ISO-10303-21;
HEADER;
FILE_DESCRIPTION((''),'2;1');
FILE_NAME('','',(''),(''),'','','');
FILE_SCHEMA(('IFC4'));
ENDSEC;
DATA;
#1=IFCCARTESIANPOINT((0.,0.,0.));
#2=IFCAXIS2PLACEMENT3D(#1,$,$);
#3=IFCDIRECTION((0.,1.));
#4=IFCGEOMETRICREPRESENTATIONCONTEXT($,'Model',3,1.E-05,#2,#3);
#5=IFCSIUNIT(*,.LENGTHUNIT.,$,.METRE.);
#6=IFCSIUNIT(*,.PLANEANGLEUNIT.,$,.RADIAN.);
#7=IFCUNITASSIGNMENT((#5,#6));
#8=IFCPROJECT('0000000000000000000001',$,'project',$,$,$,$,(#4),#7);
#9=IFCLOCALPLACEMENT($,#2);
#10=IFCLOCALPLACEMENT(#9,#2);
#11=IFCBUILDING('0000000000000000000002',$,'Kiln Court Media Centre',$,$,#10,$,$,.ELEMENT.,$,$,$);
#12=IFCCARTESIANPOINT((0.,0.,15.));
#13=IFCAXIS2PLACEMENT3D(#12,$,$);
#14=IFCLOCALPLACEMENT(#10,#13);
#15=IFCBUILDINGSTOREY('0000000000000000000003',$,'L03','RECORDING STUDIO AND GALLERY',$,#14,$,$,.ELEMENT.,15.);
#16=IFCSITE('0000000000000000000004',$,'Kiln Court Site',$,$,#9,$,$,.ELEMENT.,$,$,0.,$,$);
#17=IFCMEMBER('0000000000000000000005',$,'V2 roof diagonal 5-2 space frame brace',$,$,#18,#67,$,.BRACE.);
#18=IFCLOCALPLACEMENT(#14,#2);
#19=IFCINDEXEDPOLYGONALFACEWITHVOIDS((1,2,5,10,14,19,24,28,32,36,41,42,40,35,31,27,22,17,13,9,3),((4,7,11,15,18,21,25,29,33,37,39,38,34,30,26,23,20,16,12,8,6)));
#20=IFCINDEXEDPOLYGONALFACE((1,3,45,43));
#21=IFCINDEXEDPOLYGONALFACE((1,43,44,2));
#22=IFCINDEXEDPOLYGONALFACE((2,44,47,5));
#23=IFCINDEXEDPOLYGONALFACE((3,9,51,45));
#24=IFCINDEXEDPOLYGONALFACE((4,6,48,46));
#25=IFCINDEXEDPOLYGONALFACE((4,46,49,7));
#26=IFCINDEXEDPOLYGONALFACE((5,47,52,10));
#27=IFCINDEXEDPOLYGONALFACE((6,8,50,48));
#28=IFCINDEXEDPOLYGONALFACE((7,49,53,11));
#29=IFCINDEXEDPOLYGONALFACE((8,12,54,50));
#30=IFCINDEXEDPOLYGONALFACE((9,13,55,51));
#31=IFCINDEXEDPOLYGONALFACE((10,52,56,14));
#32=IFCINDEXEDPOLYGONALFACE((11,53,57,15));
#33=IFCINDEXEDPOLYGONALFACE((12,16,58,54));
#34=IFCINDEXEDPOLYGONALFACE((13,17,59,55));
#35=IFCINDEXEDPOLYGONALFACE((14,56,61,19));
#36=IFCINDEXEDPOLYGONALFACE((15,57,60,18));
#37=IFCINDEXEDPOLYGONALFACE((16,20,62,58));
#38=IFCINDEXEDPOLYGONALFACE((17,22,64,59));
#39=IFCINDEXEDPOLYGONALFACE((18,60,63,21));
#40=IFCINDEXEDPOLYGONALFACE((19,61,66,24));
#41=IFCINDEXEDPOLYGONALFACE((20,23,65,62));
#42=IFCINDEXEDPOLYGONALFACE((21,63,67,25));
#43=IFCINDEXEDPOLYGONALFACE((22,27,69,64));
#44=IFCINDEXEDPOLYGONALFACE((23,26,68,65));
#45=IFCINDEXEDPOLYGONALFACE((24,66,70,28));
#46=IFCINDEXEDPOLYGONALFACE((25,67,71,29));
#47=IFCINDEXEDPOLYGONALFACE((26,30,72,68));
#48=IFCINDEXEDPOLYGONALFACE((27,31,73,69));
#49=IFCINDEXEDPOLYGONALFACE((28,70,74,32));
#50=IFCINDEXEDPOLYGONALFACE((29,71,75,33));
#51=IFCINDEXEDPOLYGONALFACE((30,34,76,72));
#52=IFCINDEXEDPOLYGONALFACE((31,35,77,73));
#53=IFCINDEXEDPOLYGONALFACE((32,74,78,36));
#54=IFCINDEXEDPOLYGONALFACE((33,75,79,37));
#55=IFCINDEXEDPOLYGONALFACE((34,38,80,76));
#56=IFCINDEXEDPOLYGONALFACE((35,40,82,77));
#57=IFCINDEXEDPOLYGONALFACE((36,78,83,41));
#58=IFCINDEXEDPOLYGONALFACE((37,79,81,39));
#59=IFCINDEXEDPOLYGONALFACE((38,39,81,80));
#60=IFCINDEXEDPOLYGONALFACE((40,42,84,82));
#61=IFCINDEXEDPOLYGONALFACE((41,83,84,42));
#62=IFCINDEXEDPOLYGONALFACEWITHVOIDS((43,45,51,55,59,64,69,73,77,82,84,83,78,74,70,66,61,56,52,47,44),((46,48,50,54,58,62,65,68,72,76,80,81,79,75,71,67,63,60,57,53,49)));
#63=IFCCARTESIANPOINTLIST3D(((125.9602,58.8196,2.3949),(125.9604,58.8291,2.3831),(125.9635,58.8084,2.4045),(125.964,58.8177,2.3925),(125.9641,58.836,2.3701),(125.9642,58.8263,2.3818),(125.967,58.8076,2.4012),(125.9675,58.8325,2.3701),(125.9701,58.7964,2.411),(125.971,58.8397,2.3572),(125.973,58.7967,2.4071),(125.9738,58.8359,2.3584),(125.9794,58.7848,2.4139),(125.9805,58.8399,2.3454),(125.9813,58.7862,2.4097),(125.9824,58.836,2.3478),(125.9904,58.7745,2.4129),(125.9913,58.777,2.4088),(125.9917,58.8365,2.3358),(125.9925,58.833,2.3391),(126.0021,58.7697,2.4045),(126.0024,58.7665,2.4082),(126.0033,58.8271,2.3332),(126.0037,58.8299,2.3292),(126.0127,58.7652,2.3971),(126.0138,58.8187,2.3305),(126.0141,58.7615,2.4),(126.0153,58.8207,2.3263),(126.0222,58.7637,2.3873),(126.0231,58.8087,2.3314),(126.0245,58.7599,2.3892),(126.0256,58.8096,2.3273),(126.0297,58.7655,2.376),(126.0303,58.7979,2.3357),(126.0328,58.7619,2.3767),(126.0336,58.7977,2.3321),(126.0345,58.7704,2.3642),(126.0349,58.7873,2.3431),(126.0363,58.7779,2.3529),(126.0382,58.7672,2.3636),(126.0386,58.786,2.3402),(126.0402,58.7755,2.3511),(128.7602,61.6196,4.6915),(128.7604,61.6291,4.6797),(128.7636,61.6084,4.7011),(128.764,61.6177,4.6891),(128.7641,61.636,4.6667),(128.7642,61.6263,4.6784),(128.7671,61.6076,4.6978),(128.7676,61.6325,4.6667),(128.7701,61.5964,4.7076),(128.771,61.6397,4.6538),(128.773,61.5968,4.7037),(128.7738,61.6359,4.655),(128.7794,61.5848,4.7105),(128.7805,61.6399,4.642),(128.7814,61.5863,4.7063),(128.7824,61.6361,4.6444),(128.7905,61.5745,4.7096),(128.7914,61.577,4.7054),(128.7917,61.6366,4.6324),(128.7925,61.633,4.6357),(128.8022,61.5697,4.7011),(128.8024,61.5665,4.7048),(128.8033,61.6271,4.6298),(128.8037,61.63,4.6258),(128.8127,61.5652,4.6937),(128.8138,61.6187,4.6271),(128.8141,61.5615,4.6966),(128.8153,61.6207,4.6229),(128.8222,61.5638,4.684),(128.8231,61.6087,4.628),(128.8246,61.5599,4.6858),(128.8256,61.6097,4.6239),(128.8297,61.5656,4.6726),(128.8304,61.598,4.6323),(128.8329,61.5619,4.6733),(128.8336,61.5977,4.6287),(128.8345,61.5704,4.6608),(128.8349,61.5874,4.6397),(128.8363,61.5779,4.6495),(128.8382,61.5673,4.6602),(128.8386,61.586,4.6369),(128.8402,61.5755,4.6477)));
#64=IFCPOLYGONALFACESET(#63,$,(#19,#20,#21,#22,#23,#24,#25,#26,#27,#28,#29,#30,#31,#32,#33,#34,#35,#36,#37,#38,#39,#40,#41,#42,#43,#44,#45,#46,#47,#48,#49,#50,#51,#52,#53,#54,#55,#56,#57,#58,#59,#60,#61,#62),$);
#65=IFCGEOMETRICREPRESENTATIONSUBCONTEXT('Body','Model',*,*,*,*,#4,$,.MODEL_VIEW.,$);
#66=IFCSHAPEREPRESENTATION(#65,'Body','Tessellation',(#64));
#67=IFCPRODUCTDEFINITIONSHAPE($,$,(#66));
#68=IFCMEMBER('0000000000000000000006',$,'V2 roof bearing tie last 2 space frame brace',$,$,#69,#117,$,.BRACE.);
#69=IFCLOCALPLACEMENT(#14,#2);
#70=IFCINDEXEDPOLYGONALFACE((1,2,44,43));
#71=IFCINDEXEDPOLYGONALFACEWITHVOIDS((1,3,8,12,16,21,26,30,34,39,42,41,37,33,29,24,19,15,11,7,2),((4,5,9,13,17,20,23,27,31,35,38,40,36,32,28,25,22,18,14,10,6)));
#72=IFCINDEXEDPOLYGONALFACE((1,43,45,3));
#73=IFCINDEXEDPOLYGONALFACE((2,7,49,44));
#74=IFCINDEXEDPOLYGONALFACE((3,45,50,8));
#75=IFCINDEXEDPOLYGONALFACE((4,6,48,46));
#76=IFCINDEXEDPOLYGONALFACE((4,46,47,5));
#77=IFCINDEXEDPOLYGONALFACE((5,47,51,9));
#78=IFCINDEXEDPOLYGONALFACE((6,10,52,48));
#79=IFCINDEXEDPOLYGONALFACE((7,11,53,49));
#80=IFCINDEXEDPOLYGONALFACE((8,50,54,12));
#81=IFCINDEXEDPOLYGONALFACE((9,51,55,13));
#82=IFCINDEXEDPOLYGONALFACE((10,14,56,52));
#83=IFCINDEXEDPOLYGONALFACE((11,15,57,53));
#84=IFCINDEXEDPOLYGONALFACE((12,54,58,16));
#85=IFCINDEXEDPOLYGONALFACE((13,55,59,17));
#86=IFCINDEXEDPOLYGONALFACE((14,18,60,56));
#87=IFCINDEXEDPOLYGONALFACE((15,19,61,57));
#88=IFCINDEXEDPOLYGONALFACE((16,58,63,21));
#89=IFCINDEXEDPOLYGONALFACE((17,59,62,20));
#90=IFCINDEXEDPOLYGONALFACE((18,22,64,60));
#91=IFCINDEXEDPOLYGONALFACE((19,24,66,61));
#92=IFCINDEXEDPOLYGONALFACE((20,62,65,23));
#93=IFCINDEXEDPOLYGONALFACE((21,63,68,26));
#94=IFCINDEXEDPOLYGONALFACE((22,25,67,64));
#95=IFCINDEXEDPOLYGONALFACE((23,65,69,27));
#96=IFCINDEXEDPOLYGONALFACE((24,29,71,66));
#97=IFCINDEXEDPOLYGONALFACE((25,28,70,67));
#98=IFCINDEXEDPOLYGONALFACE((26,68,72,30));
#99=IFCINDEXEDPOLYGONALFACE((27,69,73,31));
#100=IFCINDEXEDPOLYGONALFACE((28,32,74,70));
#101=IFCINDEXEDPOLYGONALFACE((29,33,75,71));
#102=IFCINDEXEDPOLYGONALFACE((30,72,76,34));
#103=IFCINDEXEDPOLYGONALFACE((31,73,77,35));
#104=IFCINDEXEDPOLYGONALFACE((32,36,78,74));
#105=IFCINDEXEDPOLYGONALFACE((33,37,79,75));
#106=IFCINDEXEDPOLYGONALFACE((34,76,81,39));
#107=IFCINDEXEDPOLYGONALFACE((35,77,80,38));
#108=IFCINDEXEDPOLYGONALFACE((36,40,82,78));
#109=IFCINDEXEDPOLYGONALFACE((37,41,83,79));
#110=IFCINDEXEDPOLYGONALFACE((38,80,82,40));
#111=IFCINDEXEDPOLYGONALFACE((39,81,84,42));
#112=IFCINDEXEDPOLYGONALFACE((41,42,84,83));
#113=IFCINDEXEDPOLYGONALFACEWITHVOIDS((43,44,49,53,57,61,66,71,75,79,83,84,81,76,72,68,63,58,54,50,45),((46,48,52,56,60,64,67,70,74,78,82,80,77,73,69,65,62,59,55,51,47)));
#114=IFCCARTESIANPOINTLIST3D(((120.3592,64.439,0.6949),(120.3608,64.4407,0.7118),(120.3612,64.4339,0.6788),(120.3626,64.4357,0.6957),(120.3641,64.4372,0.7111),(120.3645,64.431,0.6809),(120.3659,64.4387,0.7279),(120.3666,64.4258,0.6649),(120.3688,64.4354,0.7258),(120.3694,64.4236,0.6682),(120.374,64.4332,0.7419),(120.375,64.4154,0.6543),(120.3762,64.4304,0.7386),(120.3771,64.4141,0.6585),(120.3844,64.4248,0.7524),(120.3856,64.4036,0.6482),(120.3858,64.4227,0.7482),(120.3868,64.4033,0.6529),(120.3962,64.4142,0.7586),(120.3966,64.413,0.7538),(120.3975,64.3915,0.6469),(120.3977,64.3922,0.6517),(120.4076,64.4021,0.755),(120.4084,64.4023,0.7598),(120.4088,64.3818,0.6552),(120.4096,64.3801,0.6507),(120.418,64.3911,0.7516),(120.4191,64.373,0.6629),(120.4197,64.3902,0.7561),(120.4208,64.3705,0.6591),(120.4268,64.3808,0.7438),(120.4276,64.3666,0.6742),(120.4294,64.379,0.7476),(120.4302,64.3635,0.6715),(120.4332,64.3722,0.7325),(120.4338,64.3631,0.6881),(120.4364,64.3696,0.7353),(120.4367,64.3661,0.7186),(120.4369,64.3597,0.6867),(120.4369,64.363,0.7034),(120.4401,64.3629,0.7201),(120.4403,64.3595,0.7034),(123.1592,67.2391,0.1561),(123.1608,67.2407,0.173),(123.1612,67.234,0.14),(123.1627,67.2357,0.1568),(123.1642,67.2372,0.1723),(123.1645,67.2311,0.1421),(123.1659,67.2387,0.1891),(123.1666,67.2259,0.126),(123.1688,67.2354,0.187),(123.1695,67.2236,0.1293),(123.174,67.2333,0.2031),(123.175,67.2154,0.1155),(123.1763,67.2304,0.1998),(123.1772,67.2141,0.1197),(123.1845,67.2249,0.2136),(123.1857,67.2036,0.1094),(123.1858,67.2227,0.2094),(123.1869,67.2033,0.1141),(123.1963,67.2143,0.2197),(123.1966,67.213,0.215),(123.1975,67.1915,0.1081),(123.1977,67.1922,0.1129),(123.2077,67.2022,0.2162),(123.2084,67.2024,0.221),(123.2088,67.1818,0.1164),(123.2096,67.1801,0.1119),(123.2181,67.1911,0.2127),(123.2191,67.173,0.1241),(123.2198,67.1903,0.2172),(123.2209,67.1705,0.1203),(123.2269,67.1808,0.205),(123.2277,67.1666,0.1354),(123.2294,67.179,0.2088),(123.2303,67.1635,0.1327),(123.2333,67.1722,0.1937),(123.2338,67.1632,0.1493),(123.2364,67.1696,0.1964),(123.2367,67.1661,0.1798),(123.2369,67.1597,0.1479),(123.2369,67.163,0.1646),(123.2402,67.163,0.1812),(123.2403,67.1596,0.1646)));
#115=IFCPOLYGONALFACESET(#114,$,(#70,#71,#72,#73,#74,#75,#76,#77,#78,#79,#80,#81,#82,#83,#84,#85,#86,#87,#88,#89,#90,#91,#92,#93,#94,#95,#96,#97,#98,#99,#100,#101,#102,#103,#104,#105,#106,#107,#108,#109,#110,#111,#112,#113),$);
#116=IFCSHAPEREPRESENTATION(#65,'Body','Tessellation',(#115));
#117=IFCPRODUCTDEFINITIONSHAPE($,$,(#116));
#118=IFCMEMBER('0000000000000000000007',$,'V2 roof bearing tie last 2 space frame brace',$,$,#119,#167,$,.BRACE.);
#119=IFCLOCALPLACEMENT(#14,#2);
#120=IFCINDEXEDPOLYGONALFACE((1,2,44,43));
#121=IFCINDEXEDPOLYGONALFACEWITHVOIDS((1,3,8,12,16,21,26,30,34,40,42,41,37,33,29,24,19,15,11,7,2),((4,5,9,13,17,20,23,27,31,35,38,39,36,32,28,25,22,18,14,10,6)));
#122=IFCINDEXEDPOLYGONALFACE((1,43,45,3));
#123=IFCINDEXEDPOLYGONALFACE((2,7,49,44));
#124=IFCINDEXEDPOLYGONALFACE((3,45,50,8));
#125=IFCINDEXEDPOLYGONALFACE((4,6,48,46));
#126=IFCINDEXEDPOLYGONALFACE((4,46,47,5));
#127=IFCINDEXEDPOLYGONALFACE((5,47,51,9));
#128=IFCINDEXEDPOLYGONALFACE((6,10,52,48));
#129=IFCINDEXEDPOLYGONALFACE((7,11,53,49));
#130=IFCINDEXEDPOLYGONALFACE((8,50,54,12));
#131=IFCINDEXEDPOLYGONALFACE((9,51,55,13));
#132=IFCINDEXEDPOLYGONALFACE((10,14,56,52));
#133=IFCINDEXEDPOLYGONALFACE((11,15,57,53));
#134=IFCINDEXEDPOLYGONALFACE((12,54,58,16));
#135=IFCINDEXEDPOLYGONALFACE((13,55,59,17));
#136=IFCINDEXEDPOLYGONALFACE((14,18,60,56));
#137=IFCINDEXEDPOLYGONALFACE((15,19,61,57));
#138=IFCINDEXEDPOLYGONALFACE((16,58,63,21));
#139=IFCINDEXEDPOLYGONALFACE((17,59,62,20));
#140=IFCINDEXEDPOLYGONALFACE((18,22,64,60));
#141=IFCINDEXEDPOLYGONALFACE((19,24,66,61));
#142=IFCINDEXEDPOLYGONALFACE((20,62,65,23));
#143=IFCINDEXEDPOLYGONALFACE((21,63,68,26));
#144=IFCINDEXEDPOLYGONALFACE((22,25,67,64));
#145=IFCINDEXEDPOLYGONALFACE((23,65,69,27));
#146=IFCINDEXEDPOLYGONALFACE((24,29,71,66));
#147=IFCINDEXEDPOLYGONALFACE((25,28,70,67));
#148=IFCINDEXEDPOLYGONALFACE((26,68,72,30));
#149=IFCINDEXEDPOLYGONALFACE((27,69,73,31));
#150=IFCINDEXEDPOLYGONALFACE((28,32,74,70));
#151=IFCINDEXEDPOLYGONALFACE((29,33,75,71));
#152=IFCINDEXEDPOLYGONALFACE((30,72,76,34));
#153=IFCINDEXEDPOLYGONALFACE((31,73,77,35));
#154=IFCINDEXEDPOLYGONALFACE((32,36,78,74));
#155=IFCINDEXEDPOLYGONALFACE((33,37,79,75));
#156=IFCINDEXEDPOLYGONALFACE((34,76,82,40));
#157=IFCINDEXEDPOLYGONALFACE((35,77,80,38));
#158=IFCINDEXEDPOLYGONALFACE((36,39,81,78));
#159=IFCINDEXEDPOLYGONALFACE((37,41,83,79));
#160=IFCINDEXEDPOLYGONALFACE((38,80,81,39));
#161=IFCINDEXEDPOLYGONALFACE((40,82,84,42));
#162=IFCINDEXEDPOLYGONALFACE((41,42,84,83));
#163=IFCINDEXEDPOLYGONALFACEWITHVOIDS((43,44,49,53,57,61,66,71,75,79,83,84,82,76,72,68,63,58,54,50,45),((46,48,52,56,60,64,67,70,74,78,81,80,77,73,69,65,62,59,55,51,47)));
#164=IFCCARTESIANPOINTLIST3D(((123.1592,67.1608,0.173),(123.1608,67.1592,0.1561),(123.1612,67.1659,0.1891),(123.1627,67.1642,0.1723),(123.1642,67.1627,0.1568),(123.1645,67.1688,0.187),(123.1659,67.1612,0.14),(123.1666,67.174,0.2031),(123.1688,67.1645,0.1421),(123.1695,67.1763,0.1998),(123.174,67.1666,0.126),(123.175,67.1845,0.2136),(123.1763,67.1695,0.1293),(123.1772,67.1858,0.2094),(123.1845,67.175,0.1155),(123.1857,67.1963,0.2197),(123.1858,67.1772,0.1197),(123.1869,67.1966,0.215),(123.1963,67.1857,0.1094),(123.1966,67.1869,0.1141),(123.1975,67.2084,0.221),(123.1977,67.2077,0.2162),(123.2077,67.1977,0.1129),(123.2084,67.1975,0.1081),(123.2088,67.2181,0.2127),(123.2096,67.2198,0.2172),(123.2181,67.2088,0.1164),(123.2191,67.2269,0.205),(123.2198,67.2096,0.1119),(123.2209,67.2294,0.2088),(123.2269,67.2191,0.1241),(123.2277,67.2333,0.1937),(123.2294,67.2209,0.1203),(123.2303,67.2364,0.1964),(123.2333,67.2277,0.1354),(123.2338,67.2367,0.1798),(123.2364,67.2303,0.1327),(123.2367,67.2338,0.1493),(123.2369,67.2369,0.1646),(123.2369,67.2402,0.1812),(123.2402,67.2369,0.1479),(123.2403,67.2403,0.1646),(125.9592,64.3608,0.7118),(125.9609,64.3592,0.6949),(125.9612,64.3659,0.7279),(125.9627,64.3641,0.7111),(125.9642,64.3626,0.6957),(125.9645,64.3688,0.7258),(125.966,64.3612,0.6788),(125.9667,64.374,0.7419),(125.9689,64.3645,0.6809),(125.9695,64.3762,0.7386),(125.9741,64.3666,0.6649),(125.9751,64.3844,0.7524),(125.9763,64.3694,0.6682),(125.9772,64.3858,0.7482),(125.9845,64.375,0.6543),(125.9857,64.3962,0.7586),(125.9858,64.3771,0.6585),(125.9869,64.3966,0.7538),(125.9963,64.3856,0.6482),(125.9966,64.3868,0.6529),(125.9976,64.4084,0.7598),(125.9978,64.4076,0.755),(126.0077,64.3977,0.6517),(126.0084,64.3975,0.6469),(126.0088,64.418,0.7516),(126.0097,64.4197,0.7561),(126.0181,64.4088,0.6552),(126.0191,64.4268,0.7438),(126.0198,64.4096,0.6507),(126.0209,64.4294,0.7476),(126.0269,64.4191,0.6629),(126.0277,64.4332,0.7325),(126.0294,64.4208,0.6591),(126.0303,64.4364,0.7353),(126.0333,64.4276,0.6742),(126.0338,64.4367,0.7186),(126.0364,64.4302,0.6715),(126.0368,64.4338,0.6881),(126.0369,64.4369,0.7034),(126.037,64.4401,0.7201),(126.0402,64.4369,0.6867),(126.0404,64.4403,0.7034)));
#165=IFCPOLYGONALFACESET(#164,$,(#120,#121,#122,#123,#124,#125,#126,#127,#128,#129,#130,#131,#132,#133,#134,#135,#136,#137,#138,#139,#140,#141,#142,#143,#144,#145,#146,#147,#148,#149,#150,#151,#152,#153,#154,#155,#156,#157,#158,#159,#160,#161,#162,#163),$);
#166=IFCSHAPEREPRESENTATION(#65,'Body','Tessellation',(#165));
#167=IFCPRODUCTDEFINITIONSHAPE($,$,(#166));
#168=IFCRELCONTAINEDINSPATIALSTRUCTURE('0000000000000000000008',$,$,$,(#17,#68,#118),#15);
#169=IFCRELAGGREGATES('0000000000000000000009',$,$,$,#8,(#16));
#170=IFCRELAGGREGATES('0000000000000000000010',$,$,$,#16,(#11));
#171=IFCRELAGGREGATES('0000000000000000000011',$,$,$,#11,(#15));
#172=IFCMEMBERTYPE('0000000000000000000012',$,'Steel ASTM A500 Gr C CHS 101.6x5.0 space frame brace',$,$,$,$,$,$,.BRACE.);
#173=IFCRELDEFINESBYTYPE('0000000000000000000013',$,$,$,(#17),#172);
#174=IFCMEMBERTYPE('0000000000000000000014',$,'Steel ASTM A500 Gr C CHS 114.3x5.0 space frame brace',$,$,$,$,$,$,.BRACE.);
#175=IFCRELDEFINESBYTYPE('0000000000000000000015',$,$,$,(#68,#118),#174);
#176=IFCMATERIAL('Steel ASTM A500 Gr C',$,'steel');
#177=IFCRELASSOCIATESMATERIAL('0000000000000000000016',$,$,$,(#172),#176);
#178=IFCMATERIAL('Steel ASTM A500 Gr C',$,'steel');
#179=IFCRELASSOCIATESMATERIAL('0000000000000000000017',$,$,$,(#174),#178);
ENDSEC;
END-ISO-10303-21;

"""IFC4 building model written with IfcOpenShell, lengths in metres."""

from ifc_helpers import new_model, si_unit, direction, frame, origin, origin_2d, place, context, subcontext, project, spatial, hollow_circle, extrude, material, material_profile, profile_set, type_object, element, save


model = new_model("IFC4")

# Units and contexts
model_context = context("Model", 3, precision=1e-05, world=origin(), true_north=direction((0.0, 1.0)))
body_context = subcontext(model_context, "Body", "Model", "MODEL_VIEW")
ifc_project = project(units=[si_unit("LENGTHUNIT", "METRE"), si_unit("PLANEANGLEUNIT", "RADIAN")], contexts=[model_context])

# Site, building, storey
site_placement = place(None, origin())
site = spatial("IfcSite", under=ifc_project, at=site_placement, Name="Kiln Court Site", CompositionType="ELEMENT", RefElevation=0.0)
building_placement = place(site_placement, origin())
building = spatial("IfcBuilding", under=site, at=building_placement, Name="Kiln Court Media Centre", CompositionType="ELEMENT")
storey_placement = place(building_placement, frame((0.0, 0.0, 15.0)))
storey = spatial("IfcBuildingStorey", under=building, at=storey_placement, Name="L03", Description="RECORDING STUDIO AND GALLERY", CompositionType="ELEMENT", Elevation=15.0)

# Members
ifc_material_1 = material(Name="Steel ASTM A500 Gr C", Category="steel")
ifc_material_profile_1 = material_profile(ifc_material_1, hollow_circle(Radius=0.0508, WallThickness=0.0049, at=origin_2d()), Name="CHS 101.6x5.0")
ifc_profile_set_1 = profile_set([ifc_material_profile_1], Name="Steel ASTM A500 Gr C")
member_type_1 = type_object("IfcMemberType", Name="Steel ASTM A500 Gr C CHS 101.6x5.0 space frame brace", PredefinedType="BRACE", material=ifc_profile_set_1)
member_1_placement = place(storey_placement, frame((126.0, 58.8, 2.3701), z_axis=(0.611676, 0.611676, 0.501703), x_axis=(-0.707107, 0.707107, 0.0)))
element("IfcMember", 1, at=member_1_placement, inside=storey, type_object=member_type_1, Name="V2 roof diagonal 5-2 space frame brace", PredefinedType="BRACE", context=body_context, shape_type="SweptSolid", body=[
    extrude(hollow_circle(Radius=0.0508, WallThickness=0.0049, at=origin_2d()), origin(), (0.0, 0.0, 1.0), 4.5776),
])
ifc_material_2 = material(Name="Steel ASTM A500 Gr C", Category="steel")
ifc_material_profile_2 = material_profile(ifc_material_2, hollow_circle(Radius=0.0571, WallThickness=0.0049, at=origin_2d()), Name="CHS 114.3x5.0")
ifc_profile_set_2 = profile_set([ifc_material_profile_2], Name="Steel ASTM A500 Gr C")
member_type_2 = type_object("IfcMemberType", Name="Steel ASTM A500 Gr C CHS 114.3x5.0 space frame brace", PredefinedType="BRACE", material=ifc_profile_set_2)
for number, where, z_axis, x_axis, name in (
    (2, (123.2, 67.2, 0.1646), (-0.70065, -0.70065, 0.134827), (0.707107, -0.707107, 0.0), "V2 roof bearing tie last 2 space frame brace"),
    (3, (123.2, 67.2, 0.1646), (0.70065, -0.70065, 0.134827), (0.707107, 0.707107, 0.0), "V2 roof bearing tie last 2 space frame brace"),
):
    element("IfcMember", number, at=place(storey_placement, frame(where, z_axis=z_axis, x_axis=x_axis)), inside=storey, type_object=member_type_2, Name=name, PredefinedType="BRACE", context=body_context, shape_type="SweptSolid", body=[
        extrude(hollow_circle(Radius=0.0571, WallThickness=0.0049, at=origin_2d()), origin(), (0.0, 0.0, 1.0), 3.9963),
    ])

save(model, "model.ifc")
